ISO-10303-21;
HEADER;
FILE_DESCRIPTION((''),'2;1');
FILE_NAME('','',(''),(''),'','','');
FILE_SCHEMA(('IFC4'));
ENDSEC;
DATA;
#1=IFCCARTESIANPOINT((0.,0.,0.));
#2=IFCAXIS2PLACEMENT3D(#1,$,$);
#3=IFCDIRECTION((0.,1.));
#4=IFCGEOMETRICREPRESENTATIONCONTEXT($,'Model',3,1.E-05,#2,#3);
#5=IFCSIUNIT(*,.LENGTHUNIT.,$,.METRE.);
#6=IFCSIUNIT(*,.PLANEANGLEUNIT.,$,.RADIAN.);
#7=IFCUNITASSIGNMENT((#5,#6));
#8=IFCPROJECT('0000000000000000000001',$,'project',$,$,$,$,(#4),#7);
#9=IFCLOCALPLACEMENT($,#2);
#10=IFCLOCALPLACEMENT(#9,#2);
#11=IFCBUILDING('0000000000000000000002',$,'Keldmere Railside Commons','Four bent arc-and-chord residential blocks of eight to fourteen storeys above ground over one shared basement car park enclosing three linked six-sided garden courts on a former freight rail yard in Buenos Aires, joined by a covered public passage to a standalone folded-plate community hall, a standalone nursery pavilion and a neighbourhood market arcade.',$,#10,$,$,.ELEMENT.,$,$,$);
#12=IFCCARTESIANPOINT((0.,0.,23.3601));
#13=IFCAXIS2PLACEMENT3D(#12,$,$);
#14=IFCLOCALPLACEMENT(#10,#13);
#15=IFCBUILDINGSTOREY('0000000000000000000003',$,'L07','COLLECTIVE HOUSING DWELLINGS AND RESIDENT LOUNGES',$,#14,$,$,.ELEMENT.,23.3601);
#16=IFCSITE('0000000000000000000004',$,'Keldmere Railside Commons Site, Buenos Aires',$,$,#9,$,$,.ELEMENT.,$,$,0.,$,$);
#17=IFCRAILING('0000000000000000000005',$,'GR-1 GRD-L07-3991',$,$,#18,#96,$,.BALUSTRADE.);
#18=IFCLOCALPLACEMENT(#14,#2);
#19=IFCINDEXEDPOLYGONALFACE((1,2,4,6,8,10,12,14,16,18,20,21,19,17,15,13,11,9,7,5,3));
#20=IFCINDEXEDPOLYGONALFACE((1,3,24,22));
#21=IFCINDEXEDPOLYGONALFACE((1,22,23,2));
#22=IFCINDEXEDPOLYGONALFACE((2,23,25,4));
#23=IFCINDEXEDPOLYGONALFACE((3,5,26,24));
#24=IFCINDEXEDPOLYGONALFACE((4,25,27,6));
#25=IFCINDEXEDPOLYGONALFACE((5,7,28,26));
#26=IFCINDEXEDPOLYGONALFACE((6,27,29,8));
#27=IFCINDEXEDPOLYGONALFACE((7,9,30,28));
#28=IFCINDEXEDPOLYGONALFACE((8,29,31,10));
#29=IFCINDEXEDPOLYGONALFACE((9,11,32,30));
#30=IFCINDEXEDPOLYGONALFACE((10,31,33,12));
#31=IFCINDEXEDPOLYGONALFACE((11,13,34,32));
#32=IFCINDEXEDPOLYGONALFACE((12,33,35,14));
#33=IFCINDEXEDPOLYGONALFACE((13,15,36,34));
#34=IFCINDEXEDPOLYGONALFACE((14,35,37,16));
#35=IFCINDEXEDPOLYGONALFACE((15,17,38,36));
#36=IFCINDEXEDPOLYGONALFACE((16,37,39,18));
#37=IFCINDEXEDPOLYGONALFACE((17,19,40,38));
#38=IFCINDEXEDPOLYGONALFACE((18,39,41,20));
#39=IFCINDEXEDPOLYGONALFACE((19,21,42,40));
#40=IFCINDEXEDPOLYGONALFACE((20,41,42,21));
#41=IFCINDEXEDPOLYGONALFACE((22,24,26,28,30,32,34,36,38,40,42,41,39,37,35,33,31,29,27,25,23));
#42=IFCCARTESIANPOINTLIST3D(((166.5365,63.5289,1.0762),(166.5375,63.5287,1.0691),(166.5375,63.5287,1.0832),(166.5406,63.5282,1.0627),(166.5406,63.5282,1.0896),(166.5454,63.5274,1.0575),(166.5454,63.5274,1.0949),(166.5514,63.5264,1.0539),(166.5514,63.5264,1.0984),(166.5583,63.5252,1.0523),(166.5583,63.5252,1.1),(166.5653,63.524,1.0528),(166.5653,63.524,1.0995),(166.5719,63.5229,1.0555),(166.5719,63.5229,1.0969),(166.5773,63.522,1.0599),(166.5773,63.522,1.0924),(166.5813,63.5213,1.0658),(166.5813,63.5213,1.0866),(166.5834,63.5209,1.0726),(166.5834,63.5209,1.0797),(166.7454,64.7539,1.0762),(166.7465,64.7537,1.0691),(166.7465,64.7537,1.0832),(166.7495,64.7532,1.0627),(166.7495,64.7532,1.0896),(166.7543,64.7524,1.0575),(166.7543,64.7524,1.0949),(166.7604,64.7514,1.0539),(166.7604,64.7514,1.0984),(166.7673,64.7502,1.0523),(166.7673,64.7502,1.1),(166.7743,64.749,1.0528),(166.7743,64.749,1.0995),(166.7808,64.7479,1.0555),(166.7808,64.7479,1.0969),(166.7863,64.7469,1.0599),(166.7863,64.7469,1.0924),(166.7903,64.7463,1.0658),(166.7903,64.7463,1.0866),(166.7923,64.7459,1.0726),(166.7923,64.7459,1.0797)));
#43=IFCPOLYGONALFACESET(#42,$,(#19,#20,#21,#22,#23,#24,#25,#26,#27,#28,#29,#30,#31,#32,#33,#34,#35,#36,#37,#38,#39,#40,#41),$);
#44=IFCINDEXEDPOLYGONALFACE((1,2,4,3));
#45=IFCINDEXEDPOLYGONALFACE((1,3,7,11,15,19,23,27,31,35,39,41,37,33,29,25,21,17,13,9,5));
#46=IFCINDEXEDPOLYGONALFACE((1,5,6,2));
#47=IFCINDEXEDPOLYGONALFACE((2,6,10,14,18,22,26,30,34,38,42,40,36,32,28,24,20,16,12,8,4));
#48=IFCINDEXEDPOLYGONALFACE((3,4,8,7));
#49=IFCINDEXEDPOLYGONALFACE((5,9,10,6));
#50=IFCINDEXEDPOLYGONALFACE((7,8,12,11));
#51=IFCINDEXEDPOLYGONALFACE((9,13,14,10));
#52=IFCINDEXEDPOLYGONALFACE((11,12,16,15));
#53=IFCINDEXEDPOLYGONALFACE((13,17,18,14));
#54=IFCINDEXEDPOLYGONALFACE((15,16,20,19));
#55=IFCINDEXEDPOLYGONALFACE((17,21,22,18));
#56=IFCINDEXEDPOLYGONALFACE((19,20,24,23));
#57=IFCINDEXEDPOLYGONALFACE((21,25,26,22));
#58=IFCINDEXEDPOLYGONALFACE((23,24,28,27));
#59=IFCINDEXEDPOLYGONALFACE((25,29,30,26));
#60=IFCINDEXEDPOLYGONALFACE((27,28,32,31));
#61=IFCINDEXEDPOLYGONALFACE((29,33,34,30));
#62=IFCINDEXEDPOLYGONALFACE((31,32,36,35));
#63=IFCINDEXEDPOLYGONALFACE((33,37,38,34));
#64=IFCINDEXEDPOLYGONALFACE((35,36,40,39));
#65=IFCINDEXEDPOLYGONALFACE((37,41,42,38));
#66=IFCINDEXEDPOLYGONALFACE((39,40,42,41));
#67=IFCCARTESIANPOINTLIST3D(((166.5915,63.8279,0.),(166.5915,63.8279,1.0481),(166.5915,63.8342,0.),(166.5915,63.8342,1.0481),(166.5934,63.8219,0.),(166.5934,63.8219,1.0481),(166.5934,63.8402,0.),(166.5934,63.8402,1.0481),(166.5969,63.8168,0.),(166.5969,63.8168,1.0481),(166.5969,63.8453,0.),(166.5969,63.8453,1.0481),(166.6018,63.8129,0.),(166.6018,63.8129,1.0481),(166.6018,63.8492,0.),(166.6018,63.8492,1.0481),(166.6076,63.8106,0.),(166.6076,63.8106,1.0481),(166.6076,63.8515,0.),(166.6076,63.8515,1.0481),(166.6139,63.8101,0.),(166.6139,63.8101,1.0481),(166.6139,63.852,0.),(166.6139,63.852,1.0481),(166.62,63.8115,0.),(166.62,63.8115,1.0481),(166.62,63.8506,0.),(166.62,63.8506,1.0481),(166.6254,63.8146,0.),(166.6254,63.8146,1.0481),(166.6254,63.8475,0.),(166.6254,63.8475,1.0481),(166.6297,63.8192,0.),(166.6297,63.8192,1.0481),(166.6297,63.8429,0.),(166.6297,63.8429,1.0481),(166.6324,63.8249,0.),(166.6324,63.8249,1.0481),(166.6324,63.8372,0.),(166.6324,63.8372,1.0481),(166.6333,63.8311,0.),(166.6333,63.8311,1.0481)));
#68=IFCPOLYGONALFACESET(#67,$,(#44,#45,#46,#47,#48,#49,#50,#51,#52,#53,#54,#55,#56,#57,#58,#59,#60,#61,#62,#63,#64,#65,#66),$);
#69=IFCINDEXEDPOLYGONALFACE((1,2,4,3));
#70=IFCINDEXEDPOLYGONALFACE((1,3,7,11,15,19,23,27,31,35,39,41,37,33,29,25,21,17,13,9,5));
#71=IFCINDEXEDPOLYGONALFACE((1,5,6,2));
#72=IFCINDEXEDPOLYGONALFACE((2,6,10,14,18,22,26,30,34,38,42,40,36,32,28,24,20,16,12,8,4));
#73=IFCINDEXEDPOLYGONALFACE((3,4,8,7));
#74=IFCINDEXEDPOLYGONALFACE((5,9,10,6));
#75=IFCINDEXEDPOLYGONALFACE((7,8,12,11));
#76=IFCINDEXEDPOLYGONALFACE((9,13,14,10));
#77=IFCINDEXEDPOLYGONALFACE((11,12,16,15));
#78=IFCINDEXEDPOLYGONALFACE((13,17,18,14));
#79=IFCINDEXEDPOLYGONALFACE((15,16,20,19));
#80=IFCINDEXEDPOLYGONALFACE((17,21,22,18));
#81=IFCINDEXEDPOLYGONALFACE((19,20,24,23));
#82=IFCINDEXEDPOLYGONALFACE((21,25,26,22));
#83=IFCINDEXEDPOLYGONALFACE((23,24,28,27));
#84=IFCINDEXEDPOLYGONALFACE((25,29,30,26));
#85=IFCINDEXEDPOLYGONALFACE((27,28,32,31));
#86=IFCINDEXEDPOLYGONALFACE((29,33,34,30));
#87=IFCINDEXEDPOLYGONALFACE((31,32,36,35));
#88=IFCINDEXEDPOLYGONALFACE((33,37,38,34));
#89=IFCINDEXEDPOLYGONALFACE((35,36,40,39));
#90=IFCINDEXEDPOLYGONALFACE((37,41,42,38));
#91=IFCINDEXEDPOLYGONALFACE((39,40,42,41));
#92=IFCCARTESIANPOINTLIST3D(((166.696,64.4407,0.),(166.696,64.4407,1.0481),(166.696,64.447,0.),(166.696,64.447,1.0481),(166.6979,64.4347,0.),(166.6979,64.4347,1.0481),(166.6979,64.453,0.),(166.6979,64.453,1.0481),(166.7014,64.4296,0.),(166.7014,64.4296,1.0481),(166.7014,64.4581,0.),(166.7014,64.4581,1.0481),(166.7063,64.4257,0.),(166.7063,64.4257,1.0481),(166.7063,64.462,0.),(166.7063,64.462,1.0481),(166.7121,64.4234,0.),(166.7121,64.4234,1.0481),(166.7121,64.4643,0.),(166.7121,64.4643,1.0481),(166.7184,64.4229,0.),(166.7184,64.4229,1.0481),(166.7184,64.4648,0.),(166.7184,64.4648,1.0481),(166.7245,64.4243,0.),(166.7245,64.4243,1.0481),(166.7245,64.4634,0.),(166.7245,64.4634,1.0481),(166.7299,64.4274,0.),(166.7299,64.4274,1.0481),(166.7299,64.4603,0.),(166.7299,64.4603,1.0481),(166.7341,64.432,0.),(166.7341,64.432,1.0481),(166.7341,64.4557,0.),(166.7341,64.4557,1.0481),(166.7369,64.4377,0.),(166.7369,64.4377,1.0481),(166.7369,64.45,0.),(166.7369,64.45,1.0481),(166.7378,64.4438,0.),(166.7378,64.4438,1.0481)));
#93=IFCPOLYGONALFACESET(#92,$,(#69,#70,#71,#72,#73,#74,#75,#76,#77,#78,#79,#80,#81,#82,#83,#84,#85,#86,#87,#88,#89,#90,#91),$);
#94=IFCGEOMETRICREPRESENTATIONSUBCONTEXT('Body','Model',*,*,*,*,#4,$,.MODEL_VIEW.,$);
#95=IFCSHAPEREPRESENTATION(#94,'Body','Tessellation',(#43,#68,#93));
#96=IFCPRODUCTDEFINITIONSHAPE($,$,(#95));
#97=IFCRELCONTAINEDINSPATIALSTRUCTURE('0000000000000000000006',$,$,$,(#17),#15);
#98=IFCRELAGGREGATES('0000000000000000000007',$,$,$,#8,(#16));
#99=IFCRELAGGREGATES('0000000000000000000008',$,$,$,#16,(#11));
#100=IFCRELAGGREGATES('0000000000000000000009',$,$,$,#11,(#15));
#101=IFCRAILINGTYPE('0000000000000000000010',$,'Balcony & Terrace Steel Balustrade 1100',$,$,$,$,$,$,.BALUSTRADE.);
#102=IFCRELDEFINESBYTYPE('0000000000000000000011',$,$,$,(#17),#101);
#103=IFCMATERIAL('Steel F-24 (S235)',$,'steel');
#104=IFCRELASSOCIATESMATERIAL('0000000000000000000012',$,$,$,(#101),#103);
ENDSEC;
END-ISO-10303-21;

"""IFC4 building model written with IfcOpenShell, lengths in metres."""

from ifc_helpers import new_model, si_unit, direction, frame, origin, origin_2d, place, context, subcontext, project, spatial, circle, extrude, material, type_object, element, save


model = new_model("IFC4")

# Units and contexts
model_context = context("Model", 3, precision=1e-05, world=origin(), true_north=direction((0.0, 1.0)))
body_context = subcontext(model_context, "Body", "Model", "MODEL_VIEW")
ifc_project = project(units=[si_unit("LENGTHUNIT", "METRE"), si_unit("PLANEANGLEUNIT", "RADIAN")], contexts=[model_context])

# Site, building, storey
site_placement = place(None, origin())
site = spatial("IfcSite", under=ifc_project, at=site_placement, Name="Keldmere Railside Commons Site, Buenos Aires", CompositionType="ELEMENT", RefElevation=0.0)
building_placement = place(site_placement, origin())
building = spatial("IfcBuilding", under=site, at=building_placement, Name="Keldmere Railside Commons", Description="Four bent arc-and-chord residential blocks of eight to fourteen storeys above ground over one shared basement car park enclosing three linked six-sided garden courts on a former freight rail yard in Buenos Aires, joined by a covered public passage to a standalone folded-plate community hall, a standalone nursery pavilion and a neighbourhood market arcade.", CompositionType="ELEMENT")
storey_placement = place(building_placement, frame((0.0, 0.0, 23.3601)))
storey = spatial("IfcBuildingStorey", under=building, at=storey_placement, Name="L07", Description="COLLECTIVE HOUSING DWELLINGS AND RESIDENT LOUNGES", CompositionType="ELEMENT", Elevation=23.3601)

# Railing
ifc_material_1 = material(Name="Steel F-24 (S235)", Category="steel")
railing_type = type_object("IfcRailingType", Name="Balcony & Terrace Steel Balustrade 1100", PredefinedType="BALUSTRADE", material=ifc_material_1)
railing_1_placement = place(storey_placement, frame((166.5601, 63.5249, 0.0)))
element("IfcRailing", 1, at=railing_1_placement, inside=storey, type_object=railing_type, Name="GR-1 GRD-L07-3991", PredefinedType="BALUSTRADE", context=body_context, shape_type="SweptSolid", body=[
    extrude(circle(Radius=0.0239, at=origin_2d()), frame((0.0, 0.0, 1.0762), z_axis=(0.168157, 0.98576, 0.0), x_axis=(-0.98576, 0.168157, 0.0)), (0.0, 0.0, 1.0), 1.2427),
    extrude(circle(Radius=0.021, at=origin_2d()), frame((0.0522, 0.3062, 0.0)), (0.0, 0.0, 1.0), 1.0481),
    extrude(circle(Radius=0.021, at=origin_2d()), frame((0.1567, 0.9189, 0.0)), (0.0, 0.0, 1.0), 1.0481),
])

save(model, "model.ifc")
